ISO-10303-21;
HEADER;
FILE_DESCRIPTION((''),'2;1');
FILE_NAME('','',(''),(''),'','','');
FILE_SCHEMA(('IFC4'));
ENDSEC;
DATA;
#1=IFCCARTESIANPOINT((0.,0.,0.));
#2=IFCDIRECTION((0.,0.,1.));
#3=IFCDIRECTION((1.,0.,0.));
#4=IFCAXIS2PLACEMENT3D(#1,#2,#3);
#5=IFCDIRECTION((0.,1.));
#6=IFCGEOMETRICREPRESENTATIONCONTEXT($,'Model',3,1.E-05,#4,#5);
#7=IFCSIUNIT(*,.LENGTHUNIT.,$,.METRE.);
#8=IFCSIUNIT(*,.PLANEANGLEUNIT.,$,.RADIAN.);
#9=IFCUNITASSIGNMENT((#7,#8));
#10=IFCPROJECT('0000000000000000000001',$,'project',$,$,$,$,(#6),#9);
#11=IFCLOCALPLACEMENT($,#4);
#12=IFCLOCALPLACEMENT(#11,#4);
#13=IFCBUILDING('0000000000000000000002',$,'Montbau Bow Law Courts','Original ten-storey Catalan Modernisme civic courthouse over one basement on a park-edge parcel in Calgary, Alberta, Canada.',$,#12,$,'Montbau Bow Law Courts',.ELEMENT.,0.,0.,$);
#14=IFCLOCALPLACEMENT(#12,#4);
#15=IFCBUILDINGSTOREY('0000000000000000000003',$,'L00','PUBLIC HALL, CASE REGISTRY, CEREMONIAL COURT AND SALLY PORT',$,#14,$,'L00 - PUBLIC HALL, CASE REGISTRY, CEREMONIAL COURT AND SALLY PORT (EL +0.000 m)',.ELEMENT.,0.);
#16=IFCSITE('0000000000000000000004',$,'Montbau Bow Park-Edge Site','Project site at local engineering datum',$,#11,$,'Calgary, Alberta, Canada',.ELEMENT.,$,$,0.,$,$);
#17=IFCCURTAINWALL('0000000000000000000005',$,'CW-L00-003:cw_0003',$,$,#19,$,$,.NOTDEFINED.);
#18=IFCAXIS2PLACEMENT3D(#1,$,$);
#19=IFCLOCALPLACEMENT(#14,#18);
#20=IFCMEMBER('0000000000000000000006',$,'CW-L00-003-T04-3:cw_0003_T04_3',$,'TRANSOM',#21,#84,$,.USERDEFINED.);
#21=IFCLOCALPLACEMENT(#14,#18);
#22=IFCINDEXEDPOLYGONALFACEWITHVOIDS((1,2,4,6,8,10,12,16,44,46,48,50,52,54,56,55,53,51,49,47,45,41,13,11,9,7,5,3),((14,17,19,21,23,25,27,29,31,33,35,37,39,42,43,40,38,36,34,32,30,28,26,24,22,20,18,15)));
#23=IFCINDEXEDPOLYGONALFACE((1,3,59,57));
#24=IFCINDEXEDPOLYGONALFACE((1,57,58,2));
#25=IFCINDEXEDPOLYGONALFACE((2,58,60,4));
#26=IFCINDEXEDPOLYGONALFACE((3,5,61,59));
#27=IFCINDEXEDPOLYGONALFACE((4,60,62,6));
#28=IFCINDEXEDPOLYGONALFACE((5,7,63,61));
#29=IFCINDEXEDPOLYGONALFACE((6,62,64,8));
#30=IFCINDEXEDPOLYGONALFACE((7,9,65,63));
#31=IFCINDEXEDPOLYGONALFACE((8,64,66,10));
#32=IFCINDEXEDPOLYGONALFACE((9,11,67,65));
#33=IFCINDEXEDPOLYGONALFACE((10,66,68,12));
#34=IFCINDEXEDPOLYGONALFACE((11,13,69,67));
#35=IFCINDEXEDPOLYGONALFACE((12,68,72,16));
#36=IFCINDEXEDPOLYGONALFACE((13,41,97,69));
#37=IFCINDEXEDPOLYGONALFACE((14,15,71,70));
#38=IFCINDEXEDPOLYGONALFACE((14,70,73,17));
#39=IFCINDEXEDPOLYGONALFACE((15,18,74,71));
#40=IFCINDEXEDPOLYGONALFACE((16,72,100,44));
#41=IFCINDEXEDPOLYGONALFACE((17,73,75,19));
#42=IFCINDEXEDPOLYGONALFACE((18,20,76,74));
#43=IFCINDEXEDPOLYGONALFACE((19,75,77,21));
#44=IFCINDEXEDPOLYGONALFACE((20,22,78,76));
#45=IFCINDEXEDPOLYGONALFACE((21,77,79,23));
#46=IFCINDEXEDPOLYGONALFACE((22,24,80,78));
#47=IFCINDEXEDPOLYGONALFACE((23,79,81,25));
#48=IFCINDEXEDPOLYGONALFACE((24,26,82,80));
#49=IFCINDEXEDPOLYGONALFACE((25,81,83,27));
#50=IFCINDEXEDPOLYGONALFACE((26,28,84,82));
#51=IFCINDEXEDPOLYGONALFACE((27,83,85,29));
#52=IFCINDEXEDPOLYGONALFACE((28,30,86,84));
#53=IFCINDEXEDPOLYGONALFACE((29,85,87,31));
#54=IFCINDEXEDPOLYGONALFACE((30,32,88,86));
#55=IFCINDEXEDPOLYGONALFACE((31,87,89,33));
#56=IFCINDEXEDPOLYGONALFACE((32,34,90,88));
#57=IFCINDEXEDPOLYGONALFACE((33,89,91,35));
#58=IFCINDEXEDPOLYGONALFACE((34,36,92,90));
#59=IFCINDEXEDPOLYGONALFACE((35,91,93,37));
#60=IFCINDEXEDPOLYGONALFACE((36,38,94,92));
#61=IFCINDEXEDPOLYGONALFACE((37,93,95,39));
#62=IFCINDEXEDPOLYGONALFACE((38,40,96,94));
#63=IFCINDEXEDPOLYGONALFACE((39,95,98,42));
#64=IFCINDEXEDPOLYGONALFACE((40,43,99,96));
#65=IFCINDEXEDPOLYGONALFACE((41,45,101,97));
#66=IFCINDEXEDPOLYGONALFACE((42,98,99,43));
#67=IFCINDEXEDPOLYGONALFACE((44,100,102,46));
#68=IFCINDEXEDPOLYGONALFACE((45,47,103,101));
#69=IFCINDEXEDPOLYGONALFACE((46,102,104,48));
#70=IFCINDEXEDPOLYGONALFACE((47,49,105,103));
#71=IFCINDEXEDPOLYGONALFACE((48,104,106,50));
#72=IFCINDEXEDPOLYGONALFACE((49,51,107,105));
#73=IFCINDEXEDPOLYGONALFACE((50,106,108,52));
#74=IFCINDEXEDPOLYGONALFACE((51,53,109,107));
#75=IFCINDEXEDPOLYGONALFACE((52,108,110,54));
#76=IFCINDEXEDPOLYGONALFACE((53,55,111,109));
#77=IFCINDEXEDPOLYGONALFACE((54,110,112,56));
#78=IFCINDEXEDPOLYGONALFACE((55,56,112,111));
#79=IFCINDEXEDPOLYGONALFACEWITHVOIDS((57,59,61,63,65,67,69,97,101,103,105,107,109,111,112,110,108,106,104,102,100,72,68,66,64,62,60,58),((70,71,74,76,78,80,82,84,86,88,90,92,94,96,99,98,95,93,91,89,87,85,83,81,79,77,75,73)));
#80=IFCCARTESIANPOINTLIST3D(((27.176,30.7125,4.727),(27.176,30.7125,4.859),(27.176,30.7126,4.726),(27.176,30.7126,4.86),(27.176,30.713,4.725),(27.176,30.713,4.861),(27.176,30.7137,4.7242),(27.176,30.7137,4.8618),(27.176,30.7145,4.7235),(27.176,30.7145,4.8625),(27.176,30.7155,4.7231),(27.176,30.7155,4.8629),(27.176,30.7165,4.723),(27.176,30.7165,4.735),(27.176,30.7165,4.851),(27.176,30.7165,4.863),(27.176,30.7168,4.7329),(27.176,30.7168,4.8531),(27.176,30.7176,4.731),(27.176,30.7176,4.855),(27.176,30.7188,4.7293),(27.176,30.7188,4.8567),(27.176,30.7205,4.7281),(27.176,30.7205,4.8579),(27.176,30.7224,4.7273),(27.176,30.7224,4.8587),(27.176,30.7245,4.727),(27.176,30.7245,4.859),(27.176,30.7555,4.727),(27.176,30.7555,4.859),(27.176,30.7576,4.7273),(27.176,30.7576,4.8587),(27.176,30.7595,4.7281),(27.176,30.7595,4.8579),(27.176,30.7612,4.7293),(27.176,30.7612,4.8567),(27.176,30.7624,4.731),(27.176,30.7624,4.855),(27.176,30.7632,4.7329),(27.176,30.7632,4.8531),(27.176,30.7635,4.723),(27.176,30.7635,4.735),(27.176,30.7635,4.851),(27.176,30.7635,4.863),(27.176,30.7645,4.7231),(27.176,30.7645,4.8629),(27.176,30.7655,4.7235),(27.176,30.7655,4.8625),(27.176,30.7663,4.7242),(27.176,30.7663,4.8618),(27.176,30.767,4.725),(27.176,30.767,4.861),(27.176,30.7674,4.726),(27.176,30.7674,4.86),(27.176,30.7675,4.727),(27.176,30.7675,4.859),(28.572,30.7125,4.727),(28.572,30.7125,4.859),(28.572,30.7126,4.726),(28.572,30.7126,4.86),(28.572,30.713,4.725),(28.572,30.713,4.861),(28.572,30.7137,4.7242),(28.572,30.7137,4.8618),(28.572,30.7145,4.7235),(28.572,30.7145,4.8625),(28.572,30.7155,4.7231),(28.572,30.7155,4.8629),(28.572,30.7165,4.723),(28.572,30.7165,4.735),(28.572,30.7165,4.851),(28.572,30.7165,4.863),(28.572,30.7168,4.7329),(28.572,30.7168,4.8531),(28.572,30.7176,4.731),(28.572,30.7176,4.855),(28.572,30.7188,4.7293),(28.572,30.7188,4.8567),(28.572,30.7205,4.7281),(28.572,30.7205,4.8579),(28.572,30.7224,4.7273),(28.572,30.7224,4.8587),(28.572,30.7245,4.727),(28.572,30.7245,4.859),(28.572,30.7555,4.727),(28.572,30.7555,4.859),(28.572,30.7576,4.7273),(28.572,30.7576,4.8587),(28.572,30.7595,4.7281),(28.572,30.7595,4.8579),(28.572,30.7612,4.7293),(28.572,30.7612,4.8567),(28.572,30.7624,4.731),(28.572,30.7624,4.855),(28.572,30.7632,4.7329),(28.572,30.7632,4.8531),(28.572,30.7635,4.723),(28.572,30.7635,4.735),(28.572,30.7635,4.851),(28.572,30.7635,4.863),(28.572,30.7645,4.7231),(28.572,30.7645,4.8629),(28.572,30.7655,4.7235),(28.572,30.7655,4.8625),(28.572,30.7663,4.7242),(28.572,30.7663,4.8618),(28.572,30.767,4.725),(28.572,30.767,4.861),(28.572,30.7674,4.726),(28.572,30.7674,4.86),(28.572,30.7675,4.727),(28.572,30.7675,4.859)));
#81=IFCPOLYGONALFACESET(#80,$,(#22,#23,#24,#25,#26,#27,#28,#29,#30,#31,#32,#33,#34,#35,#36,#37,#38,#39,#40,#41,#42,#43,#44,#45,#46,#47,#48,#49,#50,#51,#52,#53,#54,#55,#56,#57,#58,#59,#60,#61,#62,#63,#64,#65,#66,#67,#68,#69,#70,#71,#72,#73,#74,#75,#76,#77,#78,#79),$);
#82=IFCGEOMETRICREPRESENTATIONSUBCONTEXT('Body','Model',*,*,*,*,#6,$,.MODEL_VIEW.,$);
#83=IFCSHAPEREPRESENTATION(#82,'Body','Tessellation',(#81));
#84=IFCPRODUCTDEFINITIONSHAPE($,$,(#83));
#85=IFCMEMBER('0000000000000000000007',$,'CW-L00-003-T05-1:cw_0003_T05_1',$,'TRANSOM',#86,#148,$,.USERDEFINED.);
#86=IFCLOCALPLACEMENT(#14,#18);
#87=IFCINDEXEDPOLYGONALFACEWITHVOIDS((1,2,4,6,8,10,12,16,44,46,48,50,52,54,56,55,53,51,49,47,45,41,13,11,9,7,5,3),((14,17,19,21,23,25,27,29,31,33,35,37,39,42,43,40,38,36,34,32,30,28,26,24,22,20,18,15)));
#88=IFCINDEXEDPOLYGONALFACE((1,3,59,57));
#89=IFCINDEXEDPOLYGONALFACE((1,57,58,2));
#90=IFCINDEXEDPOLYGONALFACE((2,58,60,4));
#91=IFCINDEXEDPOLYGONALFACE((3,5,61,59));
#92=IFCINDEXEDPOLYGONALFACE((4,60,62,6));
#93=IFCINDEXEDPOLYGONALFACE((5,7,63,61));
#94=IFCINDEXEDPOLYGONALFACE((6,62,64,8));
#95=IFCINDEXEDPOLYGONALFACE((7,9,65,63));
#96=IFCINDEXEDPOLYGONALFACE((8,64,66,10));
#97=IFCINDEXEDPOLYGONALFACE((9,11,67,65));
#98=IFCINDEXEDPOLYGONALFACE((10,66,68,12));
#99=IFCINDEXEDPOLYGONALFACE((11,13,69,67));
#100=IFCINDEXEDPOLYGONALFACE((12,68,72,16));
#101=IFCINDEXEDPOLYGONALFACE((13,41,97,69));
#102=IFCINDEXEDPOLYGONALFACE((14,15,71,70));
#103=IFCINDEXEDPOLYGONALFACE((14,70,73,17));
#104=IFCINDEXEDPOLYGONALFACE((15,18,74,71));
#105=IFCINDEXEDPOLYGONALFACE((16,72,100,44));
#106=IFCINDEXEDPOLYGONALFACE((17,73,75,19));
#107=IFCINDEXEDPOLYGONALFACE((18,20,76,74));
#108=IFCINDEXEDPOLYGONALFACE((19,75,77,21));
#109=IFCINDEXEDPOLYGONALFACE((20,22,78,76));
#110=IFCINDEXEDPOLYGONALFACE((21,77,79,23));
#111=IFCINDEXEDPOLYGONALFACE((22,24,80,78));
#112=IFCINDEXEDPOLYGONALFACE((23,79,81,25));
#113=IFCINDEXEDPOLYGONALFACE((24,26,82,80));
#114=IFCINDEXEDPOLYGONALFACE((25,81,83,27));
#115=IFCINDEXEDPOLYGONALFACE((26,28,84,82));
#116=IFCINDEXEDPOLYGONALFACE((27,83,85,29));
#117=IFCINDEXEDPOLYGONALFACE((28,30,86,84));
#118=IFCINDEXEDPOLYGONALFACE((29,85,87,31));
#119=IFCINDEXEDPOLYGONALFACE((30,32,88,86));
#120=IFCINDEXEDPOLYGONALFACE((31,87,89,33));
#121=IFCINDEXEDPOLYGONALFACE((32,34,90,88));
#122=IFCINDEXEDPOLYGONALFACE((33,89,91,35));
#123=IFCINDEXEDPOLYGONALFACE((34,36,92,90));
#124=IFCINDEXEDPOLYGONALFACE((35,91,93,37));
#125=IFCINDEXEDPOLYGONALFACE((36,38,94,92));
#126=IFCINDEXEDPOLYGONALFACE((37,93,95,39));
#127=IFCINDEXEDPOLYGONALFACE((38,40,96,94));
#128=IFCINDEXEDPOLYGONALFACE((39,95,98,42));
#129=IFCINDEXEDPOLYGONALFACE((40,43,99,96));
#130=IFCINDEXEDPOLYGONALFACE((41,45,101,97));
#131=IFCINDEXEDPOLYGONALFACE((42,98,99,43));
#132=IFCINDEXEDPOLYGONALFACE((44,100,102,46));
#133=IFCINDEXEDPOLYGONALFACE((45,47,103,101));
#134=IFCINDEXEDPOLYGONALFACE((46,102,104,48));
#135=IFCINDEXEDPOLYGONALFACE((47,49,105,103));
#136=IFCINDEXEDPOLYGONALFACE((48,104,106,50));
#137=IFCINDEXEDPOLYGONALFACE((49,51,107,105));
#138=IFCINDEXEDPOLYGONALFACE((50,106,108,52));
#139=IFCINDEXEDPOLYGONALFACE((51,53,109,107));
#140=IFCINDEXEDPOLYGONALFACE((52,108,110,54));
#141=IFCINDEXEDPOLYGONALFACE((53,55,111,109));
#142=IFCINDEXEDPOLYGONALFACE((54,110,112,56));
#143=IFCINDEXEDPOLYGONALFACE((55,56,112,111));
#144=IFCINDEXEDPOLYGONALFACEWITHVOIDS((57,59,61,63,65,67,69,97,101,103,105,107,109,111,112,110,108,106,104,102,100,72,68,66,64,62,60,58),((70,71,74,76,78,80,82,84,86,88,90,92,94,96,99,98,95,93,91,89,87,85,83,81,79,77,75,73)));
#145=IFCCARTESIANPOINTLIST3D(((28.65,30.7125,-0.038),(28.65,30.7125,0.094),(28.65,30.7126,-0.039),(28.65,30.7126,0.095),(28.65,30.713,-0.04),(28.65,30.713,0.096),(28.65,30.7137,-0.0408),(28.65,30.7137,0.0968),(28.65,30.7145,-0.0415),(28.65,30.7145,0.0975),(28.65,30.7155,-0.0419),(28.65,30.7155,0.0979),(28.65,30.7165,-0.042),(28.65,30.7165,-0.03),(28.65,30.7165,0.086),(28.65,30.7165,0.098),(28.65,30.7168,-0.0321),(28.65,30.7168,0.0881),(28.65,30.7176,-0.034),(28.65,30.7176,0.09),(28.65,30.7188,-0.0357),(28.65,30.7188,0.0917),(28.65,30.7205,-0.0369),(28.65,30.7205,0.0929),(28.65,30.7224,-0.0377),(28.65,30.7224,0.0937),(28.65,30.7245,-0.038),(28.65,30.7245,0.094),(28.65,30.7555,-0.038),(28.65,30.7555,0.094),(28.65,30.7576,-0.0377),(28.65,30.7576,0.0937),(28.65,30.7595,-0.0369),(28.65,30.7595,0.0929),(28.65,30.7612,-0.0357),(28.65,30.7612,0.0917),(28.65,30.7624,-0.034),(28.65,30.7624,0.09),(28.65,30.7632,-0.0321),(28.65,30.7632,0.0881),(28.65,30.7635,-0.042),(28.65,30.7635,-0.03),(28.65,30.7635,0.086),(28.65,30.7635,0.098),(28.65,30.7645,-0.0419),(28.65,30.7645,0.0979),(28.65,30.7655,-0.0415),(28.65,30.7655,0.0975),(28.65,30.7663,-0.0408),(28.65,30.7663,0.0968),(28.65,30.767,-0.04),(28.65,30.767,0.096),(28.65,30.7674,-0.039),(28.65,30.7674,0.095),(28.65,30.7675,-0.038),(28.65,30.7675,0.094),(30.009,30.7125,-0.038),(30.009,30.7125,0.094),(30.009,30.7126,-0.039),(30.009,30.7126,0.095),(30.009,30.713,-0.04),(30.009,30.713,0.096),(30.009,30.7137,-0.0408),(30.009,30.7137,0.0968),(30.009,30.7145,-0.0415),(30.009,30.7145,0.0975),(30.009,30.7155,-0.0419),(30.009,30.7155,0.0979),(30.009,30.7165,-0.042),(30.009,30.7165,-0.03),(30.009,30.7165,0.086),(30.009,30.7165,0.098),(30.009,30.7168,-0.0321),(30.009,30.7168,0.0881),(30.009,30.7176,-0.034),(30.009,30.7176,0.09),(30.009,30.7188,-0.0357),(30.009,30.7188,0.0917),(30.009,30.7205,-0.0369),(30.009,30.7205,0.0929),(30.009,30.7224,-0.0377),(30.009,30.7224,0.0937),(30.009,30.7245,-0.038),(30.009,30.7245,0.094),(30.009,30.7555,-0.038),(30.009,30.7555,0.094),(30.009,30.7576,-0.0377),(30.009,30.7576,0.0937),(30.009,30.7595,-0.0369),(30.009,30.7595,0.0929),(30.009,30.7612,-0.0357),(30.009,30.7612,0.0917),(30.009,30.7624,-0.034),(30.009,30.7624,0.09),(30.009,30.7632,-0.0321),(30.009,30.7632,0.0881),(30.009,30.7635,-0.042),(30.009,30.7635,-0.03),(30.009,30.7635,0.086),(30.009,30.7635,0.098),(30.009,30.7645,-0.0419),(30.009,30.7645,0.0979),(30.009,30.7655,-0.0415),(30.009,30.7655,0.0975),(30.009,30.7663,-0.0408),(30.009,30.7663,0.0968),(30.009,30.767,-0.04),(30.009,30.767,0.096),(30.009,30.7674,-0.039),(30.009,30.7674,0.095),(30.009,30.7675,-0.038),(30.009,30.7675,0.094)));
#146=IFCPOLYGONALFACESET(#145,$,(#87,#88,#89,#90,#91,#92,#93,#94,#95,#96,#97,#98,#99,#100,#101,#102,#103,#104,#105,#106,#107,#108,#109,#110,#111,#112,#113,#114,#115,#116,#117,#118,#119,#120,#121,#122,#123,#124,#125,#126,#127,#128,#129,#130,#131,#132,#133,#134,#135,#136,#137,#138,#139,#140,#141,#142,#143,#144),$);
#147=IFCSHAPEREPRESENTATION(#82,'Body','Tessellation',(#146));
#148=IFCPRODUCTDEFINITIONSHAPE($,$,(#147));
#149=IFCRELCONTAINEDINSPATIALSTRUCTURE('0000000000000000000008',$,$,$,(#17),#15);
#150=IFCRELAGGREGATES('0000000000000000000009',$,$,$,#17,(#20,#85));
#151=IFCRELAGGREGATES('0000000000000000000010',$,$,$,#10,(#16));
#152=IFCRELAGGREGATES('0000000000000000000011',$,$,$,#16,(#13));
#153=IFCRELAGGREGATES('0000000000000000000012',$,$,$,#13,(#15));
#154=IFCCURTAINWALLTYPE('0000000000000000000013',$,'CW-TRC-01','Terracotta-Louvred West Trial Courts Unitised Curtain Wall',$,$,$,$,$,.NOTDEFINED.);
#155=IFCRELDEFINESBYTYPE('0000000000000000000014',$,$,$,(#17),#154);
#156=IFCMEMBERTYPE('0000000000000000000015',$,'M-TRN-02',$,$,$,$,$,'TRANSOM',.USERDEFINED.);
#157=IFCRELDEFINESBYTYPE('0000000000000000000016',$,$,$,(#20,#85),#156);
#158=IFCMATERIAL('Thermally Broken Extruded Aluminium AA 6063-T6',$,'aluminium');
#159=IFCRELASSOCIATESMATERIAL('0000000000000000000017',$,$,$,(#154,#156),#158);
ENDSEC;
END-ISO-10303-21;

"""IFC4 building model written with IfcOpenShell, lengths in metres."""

from ifc_helpers import new_model, si_unit, direction, frame, origin_with_axes, origin_2d_with_axis, place, context, subcontext, project, spatial, hollow_rectangle, extrude, material, material_profile, profile_set, type_object, element, aggregate, save


model = new_model("IFC4")

# Units and contexts
model_context = context("Model", 3, precision=1e-05, world=origin_with_axes(), true_north=direction((0.0, 1.0)))
body_context = subcontext(model_context, "Body", "Model", "MODEL_VIEW")
ifc_project = project(units=[si_unit("LENGTHUNIT", "METRE"), si_unit("PLANEANGLEUNIT", "RADIAN")], contexts=[model_context])

# Site, building, storey
site_placement = place(None, origin_with_axes())
site = spatial("IfcSite", under=ifc_project, at=site_placement, Name="Montbau Bow Park-Edge Site", Description="Project site at local engineering datum", LongName="Calgary, Alberta, Canada", CompositionType="ELEMENT", RefElevation=0.0)
building_placement = place(site_placement, origin_with_axes())
building = spatial("IfcBuilding", under=site, at=building_placement, Name="Montbau Bow Law Courts", Description="Original ten-storey Catalan Modernisme civic courthouse over one basement on a park-edge parcel in Calgary, Alberta, Canada.", LongName="Montbau Bow Law Courts", CompositionType="ELEMENT", ElevationOfRefHeight=0.0, ElevationOfTerrain=0.0)
storey_placement = place(building_placement, origin_with_axes())
storey = spatial("IfcBuildingStorey", under=building, at=storey_placement, Name="L00", Description="PUBLIC HALL, CASE REGISTRY, CEREMONIAL COURT AND SALLY PORT", LongName="L00 - PUBLIC HALL, CASE REGISTRY, CEREMONIAL COURT AND SALLY PORT (EL +0.000 m)", CompositionType="ELEMENT", Elevation=0.0)

# Curtain wall
ifc_material_1 = material(Name="Thermally Broken Extruded Aluminium AA 6063-T6", Category="aluminium")
curtain_wall_type = type_object("IfcCurtainWallType", Name="CW-TRC-01", Description="Terracotta-Louvred West Trial Courts Unitised Curtain Wall", PredefinedType="NOTDEFINED", material=ifc_material_1)
curtain_wall_1_placement = place(None, frame((22.715, 30.74, 0.0), z_axis=(0.0, 0.0, 1.0), x_axis=(1.0, 0.0, 0.0)))
curtain_wall_1 = element("IfcCurtainWall", 1, at=curtain_wall_1_placement, inside=storey, type_object=curtain_wall_type, Name="CW-L00-003:cw_0003", PredefinedType="NOTDEFINED")

# Members
ifc_material_profile_1 = material_profile(ifc_material_1, hollow_rectangle(XDim=0.055, YDim=0.14, WallThickness=0.004, InnerFilletRadius=0.008, OuterFilletRadius=0.004, at=origin_2d_with_axis()), Name="CWT-140X55", Category="Main", Priority=0)
ifc_profile_set_1 = profile_set([ifc_material_profile_1], Name="Thermally Broken Extruded Aluminium AA 6063-T6")
member_type_1 = type_object("IfcMemberType", Name="M-TRN-02", ElementType="TRANSOM", PredefinedType="USERDEFINED", material=ifc_profile_set_1)
member_1_placement = place(None, frame((27.176, 30.74, 4.793), z_axis=(1.0, 0.0, 0.0), x_axis=(0.0, 1.0, 0.0)))
member_1 = element("IfcMember", 2, at=member_1_placement, type_object=member_type_1, Name="CW-L00-003-T04-3:cw_0003_T04_3", ObjectType="TRANSOM", PredefinedType="USERDEFINED", context=body_context, shape_type="SweptSolid", body=[
    extrude(hollow_rectangle(XDim=0.055, YDim=0.14, WallThickness=0.004, InnerFilletRadius=0.008, OuterFilletRadius=0.004, at=origin_2d_with_axis()), origin_with_axes(), (0.0, 0.0, 1.0), 1.396),
])
member_2_placement = place(None, frame((28.65, 30.74, 0.028), z_axis=(1.0, 0.0, 0.0), x_axis=(0.0, 1.0, 0.0)))
member_2 = element("IfcMember", 3, at=member_2_placement, type_object=member_type_1, Name="CW-L00-003-T05-1:cw_0003_T05_1", ObjectType="TRANSOM", PredefinedType="USERDEFINED", context=body_context, shape_type="SweptSolid", body=[
    extrude(hollow_rectangle(XDim=0.055, YDim=0.14, WallThickness=0.004, InnerFilletRadius=0.008, OuterFilletRadius=0.004, at=origin_2d_with_axis()), origin_with_axes(), (0.0, 0.0, 1.0), 1.359),
])

aggregate(curtain_wall_1, [member_1, member_2])

save(model, "model.ifc")
